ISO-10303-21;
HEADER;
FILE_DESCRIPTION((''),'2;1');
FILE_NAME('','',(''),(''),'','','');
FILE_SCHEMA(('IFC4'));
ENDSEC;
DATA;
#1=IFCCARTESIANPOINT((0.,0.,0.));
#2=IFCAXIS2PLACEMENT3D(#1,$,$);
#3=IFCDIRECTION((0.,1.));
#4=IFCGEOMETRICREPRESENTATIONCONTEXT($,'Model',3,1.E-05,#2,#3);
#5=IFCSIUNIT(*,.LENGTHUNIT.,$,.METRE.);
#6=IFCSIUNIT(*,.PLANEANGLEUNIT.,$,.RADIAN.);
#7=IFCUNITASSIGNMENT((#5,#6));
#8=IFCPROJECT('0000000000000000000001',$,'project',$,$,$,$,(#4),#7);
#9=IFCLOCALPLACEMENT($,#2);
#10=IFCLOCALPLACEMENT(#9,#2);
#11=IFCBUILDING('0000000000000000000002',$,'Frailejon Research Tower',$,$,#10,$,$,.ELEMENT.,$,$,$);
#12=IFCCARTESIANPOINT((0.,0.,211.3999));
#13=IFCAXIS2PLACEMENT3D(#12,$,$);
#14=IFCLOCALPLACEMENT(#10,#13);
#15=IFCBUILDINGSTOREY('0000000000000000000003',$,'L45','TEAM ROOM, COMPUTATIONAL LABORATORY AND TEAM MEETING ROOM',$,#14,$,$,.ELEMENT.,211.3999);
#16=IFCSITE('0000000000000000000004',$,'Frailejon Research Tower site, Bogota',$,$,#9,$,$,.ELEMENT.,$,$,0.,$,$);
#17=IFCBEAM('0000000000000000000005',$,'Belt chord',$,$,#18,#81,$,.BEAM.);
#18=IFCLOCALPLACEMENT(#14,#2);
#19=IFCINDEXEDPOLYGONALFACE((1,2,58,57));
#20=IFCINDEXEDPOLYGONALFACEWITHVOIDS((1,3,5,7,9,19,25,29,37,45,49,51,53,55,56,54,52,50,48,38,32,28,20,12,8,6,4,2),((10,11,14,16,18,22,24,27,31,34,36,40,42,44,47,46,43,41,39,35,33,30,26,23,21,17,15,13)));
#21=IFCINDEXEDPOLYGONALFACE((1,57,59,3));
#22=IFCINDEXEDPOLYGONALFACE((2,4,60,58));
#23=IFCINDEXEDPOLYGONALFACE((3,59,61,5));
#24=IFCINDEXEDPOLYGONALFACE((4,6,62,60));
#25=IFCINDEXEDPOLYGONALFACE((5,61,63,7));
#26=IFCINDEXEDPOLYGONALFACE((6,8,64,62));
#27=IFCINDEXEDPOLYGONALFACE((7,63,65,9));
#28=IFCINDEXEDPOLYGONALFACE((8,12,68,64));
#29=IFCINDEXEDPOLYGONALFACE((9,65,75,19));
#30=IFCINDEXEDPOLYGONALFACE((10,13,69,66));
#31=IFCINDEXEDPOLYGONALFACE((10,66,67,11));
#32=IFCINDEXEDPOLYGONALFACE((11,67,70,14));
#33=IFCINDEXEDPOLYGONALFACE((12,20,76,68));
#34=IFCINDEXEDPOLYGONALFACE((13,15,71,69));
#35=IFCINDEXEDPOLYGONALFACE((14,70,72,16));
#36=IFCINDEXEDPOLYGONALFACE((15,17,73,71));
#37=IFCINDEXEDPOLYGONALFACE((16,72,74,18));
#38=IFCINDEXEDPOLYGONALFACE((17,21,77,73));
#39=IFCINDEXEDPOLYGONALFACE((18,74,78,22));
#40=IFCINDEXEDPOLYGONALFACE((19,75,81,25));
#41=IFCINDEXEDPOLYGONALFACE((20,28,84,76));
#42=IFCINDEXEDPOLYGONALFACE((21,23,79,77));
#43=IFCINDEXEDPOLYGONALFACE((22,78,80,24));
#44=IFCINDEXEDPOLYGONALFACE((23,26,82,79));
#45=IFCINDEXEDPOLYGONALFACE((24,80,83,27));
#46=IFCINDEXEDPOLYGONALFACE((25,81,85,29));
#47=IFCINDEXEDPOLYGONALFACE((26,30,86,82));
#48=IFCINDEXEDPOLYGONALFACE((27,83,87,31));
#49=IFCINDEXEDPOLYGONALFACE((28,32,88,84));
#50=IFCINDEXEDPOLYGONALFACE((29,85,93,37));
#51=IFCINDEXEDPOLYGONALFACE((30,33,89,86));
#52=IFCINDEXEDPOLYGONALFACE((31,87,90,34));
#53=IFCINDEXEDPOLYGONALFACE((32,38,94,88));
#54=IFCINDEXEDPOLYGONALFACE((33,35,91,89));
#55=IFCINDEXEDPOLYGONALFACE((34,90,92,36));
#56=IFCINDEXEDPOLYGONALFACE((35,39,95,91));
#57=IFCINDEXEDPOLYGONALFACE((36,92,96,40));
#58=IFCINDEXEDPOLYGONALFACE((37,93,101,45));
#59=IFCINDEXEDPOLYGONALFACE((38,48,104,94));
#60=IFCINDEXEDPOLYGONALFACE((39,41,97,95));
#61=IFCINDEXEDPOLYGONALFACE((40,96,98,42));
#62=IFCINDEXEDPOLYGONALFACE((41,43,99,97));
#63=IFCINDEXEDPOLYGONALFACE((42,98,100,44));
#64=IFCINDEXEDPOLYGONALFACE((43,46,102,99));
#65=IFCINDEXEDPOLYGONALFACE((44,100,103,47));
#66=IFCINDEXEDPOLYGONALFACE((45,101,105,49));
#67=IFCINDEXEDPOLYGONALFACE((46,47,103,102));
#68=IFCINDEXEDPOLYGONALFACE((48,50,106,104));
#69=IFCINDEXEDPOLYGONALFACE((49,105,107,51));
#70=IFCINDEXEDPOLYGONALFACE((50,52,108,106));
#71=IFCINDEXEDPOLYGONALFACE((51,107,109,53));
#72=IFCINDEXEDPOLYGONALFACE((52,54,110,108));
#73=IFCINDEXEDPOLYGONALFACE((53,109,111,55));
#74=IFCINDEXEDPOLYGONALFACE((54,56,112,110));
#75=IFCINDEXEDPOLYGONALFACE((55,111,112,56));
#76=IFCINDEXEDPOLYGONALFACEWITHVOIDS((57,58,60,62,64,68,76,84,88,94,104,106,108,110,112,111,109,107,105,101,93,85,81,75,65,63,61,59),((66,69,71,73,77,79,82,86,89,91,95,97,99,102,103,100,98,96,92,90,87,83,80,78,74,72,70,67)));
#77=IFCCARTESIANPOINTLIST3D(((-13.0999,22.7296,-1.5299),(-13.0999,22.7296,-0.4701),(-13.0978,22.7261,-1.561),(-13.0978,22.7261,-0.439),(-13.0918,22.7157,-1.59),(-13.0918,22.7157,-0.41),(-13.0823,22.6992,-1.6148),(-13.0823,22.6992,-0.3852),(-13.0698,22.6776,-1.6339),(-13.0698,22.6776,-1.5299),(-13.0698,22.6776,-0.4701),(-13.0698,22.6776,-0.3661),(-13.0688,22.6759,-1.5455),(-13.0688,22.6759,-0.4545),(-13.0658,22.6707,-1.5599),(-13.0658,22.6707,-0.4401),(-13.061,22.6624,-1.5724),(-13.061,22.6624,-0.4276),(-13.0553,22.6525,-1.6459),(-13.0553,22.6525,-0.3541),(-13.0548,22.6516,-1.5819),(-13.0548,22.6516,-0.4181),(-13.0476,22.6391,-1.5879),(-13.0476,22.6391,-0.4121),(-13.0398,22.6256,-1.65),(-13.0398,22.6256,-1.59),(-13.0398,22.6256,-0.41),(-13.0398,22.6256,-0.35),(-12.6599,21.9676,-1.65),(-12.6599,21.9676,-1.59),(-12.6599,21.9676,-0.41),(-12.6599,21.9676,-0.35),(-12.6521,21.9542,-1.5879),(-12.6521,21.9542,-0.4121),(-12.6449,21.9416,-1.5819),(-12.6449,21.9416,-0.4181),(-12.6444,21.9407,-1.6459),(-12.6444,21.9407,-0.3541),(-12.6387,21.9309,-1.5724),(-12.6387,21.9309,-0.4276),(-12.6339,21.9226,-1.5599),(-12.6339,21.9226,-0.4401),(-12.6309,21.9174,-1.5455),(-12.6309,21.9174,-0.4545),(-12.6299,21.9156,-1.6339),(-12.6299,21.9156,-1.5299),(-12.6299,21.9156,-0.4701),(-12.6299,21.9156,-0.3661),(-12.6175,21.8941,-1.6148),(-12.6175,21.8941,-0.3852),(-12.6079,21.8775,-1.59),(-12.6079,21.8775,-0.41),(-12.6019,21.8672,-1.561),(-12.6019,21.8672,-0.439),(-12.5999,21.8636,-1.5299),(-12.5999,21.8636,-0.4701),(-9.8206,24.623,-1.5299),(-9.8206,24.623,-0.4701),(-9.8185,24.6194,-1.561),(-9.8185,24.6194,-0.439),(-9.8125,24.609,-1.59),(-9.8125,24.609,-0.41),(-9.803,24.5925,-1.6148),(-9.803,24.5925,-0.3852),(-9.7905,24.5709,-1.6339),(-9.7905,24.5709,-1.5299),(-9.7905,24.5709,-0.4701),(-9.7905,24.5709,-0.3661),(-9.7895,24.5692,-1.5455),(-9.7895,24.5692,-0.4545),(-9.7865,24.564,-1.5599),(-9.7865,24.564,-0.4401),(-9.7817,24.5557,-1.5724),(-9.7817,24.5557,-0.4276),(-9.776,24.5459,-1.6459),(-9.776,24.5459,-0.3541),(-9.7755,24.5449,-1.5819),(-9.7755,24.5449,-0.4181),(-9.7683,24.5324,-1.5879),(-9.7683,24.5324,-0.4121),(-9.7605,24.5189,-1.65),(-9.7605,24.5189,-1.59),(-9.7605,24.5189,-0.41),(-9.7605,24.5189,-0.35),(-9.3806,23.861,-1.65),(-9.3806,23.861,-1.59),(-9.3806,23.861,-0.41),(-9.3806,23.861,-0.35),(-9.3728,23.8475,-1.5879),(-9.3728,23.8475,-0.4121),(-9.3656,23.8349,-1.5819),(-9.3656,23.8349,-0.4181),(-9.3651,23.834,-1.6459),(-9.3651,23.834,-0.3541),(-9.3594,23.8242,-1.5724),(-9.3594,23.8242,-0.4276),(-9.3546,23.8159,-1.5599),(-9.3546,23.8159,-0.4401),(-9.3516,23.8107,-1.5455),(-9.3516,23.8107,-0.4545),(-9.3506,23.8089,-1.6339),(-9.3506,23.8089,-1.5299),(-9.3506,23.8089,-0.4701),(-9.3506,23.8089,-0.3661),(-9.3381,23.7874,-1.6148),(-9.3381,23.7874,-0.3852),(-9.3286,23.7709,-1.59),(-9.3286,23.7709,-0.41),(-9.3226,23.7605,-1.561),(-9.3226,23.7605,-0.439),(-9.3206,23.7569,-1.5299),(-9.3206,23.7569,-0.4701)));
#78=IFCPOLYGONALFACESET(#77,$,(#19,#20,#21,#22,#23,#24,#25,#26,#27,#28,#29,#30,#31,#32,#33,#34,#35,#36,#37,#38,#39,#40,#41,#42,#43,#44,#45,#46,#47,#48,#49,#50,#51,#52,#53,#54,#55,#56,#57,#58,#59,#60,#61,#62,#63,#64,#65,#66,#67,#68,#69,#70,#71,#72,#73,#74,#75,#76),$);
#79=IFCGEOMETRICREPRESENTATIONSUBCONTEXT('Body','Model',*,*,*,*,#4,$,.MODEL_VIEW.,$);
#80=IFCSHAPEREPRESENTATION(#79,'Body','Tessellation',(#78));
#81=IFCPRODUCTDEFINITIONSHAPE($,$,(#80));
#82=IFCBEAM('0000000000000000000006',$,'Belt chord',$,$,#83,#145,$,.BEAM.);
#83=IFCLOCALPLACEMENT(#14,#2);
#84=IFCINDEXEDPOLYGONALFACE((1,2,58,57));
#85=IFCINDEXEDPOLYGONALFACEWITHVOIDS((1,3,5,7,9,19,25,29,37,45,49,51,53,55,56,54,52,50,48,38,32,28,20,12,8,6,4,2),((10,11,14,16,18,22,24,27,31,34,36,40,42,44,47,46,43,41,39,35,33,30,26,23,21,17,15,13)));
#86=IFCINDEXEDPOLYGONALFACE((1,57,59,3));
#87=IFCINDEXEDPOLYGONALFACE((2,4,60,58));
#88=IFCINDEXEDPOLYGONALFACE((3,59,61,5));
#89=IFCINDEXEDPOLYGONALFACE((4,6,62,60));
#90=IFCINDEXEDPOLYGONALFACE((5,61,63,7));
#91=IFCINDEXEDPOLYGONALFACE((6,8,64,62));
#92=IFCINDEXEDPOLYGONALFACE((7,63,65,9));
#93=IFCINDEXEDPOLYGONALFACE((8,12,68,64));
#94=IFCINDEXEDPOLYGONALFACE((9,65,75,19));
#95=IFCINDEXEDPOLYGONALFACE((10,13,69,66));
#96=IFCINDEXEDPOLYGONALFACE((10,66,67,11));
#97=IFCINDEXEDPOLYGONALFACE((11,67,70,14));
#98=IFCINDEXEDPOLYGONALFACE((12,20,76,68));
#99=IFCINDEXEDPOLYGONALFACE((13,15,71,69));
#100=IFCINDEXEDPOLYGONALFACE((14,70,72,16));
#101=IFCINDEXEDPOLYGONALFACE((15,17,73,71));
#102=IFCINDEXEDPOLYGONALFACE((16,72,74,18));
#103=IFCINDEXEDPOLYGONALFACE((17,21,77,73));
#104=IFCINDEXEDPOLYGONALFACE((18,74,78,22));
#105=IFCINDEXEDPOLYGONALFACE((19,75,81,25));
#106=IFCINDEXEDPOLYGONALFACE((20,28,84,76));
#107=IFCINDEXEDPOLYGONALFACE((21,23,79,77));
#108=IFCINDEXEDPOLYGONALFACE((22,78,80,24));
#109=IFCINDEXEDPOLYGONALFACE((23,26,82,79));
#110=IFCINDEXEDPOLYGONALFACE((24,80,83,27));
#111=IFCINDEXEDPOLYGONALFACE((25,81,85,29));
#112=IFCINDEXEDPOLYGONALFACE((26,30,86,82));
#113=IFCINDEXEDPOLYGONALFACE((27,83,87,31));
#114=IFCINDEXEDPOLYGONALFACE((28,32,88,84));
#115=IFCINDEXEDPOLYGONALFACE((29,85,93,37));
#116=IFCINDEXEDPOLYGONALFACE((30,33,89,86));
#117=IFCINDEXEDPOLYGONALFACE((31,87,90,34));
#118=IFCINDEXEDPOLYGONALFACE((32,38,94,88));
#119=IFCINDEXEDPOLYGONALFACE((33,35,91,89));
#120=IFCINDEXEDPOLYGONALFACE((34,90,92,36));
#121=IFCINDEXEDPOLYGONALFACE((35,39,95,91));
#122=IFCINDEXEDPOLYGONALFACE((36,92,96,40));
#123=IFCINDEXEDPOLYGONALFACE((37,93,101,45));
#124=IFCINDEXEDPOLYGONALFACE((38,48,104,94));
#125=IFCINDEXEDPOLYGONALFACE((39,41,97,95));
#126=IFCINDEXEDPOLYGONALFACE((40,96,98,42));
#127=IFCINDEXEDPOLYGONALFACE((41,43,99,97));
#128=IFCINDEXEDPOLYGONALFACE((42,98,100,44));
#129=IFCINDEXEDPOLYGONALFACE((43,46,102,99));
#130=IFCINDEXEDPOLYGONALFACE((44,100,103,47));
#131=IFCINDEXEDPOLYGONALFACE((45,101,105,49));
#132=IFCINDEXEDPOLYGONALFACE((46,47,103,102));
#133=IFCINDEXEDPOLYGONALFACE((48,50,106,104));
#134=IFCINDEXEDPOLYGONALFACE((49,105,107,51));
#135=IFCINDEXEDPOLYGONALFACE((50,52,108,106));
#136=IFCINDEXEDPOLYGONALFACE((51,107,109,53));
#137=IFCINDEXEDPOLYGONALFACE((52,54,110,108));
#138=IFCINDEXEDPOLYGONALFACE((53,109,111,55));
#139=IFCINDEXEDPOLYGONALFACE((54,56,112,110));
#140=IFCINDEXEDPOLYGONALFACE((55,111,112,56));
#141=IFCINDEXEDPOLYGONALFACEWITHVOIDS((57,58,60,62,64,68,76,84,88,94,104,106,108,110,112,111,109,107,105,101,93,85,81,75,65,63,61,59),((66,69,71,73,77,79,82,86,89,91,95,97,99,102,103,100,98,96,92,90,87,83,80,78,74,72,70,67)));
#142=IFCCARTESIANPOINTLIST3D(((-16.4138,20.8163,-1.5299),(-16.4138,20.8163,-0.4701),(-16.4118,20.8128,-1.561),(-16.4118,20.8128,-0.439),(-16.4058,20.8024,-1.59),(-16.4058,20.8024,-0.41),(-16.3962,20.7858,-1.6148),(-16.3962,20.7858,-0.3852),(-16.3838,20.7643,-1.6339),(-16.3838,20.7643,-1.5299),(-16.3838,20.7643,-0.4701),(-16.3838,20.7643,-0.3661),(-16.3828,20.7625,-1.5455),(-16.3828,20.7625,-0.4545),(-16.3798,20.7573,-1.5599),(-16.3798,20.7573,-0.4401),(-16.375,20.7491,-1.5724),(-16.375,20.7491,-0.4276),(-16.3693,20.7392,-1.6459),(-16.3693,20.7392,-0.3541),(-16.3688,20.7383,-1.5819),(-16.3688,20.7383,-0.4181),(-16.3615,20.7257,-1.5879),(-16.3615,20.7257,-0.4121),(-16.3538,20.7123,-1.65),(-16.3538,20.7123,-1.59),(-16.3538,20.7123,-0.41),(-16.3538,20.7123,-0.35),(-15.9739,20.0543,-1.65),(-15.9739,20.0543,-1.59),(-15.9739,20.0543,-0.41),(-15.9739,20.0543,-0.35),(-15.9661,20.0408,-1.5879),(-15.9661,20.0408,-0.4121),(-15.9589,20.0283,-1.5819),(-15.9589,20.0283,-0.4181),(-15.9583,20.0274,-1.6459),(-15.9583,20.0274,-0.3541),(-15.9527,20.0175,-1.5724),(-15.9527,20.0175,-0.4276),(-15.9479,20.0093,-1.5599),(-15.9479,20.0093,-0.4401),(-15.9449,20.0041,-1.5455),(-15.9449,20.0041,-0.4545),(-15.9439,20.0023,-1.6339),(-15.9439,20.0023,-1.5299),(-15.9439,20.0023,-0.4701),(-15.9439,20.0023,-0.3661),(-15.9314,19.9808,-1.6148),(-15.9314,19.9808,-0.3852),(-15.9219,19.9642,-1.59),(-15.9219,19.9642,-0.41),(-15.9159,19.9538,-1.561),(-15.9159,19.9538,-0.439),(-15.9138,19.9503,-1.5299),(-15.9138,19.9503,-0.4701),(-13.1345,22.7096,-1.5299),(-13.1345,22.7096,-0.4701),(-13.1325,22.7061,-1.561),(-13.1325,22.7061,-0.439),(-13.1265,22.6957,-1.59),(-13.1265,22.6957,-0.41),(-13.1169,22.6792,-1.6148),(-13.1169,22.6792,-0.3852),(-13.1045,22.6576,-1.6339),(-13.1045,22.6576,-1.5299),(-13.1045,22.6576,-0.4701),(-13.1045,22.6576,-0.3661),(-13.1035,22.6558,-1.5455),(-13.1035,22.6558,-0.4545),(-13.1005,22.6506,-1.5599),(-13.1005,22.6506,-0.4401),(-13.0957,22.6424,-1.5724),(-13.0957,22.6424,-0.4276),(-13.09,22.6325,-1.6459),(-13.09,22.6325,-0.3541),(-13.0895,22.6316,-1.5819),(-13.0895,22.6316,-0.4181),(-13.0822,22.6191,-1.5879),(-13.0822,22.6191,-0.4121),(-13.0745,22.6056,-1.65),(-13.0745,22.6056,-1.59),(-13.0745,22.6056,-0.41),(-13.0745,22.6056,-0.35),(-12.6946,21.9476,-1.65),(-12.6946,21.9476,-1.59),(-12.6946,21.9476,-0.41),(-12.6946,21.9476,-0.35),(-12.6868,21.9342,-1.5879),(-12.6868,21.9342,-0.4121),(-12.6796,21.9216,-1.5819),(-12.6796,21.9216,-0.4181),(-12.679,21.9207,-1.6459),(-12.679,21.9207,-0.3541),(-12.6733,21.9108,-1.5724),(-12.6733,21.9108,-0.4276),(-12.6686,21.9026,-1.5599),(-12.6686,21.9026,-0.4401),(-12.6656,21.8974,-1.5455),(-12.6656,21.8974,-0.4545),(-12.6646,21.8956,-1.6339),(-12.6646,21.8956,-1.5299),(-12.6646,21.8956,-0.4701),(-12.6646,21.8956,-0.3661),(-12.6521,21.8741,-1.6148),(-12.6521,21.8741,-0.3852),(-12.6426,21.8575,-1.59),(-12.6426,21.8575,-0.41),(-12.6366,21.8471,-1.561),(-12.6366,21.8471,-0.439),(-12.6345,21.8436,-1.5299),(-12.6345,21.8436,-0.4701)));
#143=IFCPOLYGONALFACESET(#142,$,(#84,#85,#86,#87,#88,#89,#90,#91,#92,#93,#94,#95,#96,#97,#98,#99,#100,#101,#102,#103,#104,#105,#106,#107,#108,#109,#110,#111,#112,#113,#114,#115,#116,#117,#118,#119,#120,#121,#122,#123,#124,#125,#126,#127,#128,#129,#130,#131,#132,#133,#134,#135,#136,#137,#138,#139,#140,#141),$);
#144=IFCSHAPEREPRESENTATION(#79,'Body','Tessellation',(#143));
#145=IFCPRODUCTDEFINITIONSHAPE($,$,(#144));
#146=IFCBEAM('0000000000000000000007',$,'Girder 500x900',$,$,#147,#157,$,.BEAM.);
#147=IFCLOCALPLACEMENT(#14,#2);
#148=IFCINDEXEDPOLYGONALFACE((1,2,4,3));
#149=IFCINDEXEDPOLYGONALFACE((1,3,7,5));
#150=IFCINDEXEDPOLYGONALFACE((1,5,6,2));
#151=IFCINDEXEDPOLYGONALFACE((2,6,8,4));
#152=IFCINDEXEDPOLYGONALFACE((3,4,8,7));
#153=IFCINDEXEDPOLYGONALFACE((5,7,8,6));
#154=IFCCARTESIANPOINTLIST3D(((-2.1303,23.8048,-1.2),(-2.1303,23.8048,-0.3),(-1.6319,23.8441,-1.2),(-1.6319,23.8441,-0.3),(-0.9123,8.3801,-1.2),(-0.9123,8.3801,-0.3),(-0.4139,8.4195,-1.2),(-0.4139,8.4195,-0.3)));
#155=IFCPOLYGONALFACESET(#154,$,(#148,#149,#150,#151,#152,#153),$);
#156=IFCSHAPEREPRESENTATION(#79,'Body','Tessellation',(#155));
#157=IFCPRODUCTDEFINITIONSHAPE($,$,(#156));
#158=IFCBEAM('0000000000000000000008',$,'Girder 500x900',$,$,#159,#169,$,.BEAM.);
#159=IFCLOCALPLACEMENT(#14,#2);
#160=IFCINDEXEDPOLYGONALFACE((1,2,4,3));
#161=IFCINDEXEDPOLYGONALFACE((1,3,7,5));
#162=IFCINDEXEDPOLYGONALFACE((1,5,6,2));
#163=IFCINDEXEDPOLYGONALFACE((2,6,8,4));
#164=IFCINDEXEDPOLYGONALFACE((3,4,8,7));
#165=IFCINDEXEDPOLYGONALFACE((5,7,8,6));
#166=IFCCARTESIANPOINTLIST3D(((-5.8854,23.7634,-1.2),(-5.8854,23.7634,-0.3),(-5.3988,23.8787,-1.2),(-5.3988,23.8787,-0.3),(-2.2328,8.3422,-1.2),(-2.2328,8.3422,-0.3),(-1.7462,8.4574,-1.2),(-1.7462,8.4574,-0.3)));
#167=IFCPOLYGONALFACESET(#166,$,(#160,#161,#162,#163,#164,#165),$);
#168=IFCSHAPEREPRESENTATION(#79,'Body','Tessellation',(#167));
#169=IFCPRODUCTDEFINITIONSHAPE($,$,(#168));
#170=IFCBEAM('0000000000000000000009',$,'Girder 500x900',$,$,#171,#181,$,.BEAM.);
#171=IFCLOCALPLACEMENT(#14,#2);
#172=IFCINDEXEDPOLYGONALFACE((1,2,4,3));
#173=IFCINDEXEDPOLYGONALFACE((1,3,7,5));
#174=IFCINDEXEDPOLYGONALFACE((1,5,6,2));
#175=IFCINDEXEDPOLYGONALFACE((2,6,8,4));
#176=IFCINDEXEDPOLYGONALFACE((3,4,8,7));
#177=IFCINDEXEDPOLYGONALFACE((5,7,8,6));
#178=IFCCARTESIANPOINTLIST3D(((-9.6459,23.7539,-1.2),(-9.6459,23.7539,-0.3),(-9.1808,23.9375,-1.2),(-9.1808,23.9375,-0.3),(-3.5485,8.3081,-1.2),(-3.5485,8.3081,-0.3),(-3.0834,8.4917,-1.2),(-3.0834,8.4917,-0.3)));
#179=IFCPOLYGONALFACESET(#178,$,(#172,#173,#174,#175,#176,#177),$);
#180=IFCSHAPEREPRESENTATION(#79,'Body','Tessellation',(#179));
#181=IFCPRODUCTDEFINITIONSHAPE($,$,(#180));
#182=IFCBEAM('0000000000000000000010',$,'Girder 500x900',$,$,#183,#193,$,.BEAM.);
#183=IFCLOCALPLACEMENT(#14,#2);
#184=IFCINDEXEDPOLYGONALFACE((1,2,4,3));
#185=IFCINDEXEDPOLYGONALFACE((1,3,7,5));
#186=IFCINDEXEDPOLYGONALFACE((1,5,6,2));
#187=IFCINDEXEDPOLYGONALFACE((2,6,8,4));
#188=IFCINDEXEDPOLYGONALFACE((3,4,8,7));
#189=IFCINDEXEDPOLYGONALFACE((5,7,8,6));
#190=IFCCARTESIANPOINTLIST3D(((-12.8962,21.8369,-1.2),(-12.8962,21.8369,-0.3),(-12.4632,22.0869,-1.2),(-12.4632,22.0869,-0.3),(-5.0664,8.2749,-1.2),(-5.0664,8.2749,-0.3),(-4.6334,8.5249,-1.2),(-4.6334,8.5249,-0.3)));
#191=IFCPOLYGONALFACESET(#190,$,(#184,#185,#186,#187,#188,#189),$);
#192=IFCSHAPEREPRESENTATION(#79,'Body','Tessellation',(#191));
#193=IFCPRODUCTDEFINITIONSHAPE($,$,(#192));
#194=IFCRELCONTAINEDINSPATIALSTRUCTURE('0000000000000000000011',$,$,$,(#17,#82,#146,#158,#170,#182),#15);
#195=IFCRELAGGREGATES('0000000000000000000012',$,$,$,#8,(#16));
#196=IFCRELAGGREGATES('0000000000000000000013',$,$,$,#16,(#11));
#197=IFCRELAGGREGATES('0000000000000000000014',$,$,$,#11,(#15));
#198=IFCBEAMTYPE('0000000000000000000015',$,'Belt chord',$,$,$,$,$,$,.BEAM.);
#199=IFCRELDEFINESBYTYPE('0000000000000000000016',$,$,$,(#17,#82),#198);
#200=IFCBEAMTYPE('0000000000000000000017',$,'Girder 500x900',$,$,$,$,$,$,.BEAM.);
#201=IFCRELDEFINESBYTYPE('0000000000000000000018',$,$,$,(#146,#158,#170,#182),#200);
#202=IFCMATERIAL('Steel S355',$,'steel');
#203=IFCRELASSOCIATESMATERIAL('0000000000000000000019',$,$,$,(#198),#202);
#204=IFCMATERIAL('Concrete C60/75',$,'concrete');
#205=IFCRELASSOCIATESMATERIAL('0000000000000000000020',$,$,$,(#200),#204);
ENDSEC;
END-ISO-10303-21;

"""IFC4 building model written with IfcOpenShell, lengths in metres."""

from ifc_helpers import new_model, si_unit, direction, frame, origin, origin_2d, place, context, subcontext, project, spatial, rectangle, hollow_rectangle, extrude, material, material_profile, profile_set, type_object, element, save


model = new_model("IFC4")

# Units and contexts
model_context = context("Model", 3, precision=1e-05, world=origin(), true_north=direction((0.0, 1.0)))
body_context = subcontext(model_context, "Body", "Model", "MODEL_VIEW")
ifc_project = project(units=[si_unit("LENGTHUNIT", "METRE"), si_unit("PLANEANGLEUNIT", "RADIAN")], contexts=[model_context])

# Site, building, storey
site_placement = place(None, origin())
site = spatial("IfcSite", under=ifc_project, at=site_placement, Name="Frailejon Research Tower site, Bogota", CompositionType="ELEMENT", RefElevation=0.0)
building_placement = place(site_placement, origin())
building = spatial("IfcBuilding", under=site, at=building_placement, Name="Frailejon Research Tower", CompositionType="ELEMENT")
storey_placement = place(building_placement, frame((0.0, 0.0, 211.3999)))
storey = spatial("IfcBuildingStorey", under=building, at=storey_placement, Name="L45", Description="TEAM ROOM, COMPUTATIONAL LABORATORY AND TEAM MEETING ROOM", CompositionType="ELEMENT", Elevation=211.3999)

# Beams
ifc_material_1 = material(Name="Steel S355", Category="steel")
ifc_material_profile_1 = material_profile(ifc_material_1, hollow_rectangle(XDim=1.0, YDim=1.3, WallThickness=0.0601, InnerFilletRadius=0.0601, OuterFilletRadius=0.1201, at=origin_2d()), Name="Belt chord")
ifc_profile_set_1 = profile_set([ifc_material_profile_1], Name="Steel S355")
beam_type_1 = type_object("IfcBeamType", Name="Belt chord", PredefinedType="BEAM", material=ifc_profile_set_1)
for number, where, z_axis, x_axis, name in (
    (1, (-9.5706, 24.1899, -1.0), (-0.866025, -0.500002, 0.0), (0.500002, -0.866025, 0.0), "Belt chord"),
    (2, (-12.8845, 22.2766, -1.0), (-0.866025, -0.500002, 0.0), (0.500002, -0.866025, 0.0), "Belt chord"),
):
    element("IfcBeam", number, at=place(storey_placement, frame(where, z_axis=z_axis, x_axis=x_axis)), inside=storey, type_object=beam_type_1, Name=name, PredefinedType="BEAM", context=body_context, shape_type="SweptSolid", body=[
        extrude(hollow_rectangle(XDim=1.0, YDim=1.3, WallThickness=0.0601, InnerFilletRadius=0.0601, OuterFilletRadius=0.1201, at=origin_2d()), origin(), (0.0, 0.0, 1.0), 3.7866),
    ])
ifc_material_2 = material(Name="Concrete C60/75", Category="concrete")
ifc_material_profile_2 = material_profile(ifc_material_2, rectangle(XDim=0.5, YDim=0.8999, at=origin_2d()), Name="Girder 500x900")
ifc_profile_set_2 = profile_set([ifc_material_profile_2], Name="Concrete C60/75")
beam_type_2 = type_object("IfcBeamType", Name="Girder 500x900", PredefinedType="BEAM", material=ifc_profile_set_2)
beam_1_placement = place(storey_placement, frame((-1.8811, 23.8245, -0.75), z_axis=(0.078721, -0.996897, 0.0), x_axis=(0.996897, 0.078721, 0.0)))
element("IfcBeam", 3, at=beam_1_placement, inside=storey, type_object=beam_type_2, Name="Girder 500x900", PredefinedType="BEAM", context=body_context, shape_type="SweptSolid", body=[
    extrude(rectangle(XDim=0.5, YDim=0.8999, at=origin_2d()), origin(), (0.0, 0.0, 1.0), 15.4727),
])
beam_2_placement = place(storey_placement, frame((-5.6421, 23.821, -0.75), z_axis=(0.230479, -0.973077, 0.0), x_axis=(0.973077, 0.230479, 0.0)))
element("IfcBeam", 4, at=beam_2_placement, inside=storey, type_object=beam_type_2, Name="Girder 500x900", PredefinedType="BEAM", context=body_context, shape_type="SweptSolid", body=[
    extrude(rectangle(XDim=0.5, YDim=0.8999, at=origin_2d()), origin(), (0.0, 0.0, 1.0), 15.8479),
])
beam_3_placement = place(storey_placement, frame((-9.4133, 23.8457, -0.75), z_axis=(0.367187, -0.930147, 0.0), x_axis=(0.930147, 0.367187, 0.0)))
element("IfcBeam", 5, at=beam_3_placement, inside=storey, type_object=beam_type_2, Name="Girder 500x900", PredefinedType="BEAM", context=body_context, shape_type="SweptSolid", body=[
    extrude(rectangle(XDim=0.5, YDim=0.8999, at=origin_2d()), origin(), (0.0, 0.0, 1.0), 16.6057),
])
beam_4_placement = place(storey_placement, frame((-12.6797, 21.9619, -0.75), z_axis=(0.499991, -0.866031, 0.0), x_axis=(0.866031, 0.499991, 0.0)))
element("IfcBeam", 6, at=beam_4_placement, inside=storey, type_object=beam_type_2, Name="Girder 500x900", PredefinedType="BEAM", context=body_context, shape_type="SweptSolid", body=[
    extrude(rectangle(XDim=0.5, YDim=0.8999, at=origin_2d()), origin(), (0.0, 0.0, 1.0), 15.6599),
])

save(model, "model.ifc")
